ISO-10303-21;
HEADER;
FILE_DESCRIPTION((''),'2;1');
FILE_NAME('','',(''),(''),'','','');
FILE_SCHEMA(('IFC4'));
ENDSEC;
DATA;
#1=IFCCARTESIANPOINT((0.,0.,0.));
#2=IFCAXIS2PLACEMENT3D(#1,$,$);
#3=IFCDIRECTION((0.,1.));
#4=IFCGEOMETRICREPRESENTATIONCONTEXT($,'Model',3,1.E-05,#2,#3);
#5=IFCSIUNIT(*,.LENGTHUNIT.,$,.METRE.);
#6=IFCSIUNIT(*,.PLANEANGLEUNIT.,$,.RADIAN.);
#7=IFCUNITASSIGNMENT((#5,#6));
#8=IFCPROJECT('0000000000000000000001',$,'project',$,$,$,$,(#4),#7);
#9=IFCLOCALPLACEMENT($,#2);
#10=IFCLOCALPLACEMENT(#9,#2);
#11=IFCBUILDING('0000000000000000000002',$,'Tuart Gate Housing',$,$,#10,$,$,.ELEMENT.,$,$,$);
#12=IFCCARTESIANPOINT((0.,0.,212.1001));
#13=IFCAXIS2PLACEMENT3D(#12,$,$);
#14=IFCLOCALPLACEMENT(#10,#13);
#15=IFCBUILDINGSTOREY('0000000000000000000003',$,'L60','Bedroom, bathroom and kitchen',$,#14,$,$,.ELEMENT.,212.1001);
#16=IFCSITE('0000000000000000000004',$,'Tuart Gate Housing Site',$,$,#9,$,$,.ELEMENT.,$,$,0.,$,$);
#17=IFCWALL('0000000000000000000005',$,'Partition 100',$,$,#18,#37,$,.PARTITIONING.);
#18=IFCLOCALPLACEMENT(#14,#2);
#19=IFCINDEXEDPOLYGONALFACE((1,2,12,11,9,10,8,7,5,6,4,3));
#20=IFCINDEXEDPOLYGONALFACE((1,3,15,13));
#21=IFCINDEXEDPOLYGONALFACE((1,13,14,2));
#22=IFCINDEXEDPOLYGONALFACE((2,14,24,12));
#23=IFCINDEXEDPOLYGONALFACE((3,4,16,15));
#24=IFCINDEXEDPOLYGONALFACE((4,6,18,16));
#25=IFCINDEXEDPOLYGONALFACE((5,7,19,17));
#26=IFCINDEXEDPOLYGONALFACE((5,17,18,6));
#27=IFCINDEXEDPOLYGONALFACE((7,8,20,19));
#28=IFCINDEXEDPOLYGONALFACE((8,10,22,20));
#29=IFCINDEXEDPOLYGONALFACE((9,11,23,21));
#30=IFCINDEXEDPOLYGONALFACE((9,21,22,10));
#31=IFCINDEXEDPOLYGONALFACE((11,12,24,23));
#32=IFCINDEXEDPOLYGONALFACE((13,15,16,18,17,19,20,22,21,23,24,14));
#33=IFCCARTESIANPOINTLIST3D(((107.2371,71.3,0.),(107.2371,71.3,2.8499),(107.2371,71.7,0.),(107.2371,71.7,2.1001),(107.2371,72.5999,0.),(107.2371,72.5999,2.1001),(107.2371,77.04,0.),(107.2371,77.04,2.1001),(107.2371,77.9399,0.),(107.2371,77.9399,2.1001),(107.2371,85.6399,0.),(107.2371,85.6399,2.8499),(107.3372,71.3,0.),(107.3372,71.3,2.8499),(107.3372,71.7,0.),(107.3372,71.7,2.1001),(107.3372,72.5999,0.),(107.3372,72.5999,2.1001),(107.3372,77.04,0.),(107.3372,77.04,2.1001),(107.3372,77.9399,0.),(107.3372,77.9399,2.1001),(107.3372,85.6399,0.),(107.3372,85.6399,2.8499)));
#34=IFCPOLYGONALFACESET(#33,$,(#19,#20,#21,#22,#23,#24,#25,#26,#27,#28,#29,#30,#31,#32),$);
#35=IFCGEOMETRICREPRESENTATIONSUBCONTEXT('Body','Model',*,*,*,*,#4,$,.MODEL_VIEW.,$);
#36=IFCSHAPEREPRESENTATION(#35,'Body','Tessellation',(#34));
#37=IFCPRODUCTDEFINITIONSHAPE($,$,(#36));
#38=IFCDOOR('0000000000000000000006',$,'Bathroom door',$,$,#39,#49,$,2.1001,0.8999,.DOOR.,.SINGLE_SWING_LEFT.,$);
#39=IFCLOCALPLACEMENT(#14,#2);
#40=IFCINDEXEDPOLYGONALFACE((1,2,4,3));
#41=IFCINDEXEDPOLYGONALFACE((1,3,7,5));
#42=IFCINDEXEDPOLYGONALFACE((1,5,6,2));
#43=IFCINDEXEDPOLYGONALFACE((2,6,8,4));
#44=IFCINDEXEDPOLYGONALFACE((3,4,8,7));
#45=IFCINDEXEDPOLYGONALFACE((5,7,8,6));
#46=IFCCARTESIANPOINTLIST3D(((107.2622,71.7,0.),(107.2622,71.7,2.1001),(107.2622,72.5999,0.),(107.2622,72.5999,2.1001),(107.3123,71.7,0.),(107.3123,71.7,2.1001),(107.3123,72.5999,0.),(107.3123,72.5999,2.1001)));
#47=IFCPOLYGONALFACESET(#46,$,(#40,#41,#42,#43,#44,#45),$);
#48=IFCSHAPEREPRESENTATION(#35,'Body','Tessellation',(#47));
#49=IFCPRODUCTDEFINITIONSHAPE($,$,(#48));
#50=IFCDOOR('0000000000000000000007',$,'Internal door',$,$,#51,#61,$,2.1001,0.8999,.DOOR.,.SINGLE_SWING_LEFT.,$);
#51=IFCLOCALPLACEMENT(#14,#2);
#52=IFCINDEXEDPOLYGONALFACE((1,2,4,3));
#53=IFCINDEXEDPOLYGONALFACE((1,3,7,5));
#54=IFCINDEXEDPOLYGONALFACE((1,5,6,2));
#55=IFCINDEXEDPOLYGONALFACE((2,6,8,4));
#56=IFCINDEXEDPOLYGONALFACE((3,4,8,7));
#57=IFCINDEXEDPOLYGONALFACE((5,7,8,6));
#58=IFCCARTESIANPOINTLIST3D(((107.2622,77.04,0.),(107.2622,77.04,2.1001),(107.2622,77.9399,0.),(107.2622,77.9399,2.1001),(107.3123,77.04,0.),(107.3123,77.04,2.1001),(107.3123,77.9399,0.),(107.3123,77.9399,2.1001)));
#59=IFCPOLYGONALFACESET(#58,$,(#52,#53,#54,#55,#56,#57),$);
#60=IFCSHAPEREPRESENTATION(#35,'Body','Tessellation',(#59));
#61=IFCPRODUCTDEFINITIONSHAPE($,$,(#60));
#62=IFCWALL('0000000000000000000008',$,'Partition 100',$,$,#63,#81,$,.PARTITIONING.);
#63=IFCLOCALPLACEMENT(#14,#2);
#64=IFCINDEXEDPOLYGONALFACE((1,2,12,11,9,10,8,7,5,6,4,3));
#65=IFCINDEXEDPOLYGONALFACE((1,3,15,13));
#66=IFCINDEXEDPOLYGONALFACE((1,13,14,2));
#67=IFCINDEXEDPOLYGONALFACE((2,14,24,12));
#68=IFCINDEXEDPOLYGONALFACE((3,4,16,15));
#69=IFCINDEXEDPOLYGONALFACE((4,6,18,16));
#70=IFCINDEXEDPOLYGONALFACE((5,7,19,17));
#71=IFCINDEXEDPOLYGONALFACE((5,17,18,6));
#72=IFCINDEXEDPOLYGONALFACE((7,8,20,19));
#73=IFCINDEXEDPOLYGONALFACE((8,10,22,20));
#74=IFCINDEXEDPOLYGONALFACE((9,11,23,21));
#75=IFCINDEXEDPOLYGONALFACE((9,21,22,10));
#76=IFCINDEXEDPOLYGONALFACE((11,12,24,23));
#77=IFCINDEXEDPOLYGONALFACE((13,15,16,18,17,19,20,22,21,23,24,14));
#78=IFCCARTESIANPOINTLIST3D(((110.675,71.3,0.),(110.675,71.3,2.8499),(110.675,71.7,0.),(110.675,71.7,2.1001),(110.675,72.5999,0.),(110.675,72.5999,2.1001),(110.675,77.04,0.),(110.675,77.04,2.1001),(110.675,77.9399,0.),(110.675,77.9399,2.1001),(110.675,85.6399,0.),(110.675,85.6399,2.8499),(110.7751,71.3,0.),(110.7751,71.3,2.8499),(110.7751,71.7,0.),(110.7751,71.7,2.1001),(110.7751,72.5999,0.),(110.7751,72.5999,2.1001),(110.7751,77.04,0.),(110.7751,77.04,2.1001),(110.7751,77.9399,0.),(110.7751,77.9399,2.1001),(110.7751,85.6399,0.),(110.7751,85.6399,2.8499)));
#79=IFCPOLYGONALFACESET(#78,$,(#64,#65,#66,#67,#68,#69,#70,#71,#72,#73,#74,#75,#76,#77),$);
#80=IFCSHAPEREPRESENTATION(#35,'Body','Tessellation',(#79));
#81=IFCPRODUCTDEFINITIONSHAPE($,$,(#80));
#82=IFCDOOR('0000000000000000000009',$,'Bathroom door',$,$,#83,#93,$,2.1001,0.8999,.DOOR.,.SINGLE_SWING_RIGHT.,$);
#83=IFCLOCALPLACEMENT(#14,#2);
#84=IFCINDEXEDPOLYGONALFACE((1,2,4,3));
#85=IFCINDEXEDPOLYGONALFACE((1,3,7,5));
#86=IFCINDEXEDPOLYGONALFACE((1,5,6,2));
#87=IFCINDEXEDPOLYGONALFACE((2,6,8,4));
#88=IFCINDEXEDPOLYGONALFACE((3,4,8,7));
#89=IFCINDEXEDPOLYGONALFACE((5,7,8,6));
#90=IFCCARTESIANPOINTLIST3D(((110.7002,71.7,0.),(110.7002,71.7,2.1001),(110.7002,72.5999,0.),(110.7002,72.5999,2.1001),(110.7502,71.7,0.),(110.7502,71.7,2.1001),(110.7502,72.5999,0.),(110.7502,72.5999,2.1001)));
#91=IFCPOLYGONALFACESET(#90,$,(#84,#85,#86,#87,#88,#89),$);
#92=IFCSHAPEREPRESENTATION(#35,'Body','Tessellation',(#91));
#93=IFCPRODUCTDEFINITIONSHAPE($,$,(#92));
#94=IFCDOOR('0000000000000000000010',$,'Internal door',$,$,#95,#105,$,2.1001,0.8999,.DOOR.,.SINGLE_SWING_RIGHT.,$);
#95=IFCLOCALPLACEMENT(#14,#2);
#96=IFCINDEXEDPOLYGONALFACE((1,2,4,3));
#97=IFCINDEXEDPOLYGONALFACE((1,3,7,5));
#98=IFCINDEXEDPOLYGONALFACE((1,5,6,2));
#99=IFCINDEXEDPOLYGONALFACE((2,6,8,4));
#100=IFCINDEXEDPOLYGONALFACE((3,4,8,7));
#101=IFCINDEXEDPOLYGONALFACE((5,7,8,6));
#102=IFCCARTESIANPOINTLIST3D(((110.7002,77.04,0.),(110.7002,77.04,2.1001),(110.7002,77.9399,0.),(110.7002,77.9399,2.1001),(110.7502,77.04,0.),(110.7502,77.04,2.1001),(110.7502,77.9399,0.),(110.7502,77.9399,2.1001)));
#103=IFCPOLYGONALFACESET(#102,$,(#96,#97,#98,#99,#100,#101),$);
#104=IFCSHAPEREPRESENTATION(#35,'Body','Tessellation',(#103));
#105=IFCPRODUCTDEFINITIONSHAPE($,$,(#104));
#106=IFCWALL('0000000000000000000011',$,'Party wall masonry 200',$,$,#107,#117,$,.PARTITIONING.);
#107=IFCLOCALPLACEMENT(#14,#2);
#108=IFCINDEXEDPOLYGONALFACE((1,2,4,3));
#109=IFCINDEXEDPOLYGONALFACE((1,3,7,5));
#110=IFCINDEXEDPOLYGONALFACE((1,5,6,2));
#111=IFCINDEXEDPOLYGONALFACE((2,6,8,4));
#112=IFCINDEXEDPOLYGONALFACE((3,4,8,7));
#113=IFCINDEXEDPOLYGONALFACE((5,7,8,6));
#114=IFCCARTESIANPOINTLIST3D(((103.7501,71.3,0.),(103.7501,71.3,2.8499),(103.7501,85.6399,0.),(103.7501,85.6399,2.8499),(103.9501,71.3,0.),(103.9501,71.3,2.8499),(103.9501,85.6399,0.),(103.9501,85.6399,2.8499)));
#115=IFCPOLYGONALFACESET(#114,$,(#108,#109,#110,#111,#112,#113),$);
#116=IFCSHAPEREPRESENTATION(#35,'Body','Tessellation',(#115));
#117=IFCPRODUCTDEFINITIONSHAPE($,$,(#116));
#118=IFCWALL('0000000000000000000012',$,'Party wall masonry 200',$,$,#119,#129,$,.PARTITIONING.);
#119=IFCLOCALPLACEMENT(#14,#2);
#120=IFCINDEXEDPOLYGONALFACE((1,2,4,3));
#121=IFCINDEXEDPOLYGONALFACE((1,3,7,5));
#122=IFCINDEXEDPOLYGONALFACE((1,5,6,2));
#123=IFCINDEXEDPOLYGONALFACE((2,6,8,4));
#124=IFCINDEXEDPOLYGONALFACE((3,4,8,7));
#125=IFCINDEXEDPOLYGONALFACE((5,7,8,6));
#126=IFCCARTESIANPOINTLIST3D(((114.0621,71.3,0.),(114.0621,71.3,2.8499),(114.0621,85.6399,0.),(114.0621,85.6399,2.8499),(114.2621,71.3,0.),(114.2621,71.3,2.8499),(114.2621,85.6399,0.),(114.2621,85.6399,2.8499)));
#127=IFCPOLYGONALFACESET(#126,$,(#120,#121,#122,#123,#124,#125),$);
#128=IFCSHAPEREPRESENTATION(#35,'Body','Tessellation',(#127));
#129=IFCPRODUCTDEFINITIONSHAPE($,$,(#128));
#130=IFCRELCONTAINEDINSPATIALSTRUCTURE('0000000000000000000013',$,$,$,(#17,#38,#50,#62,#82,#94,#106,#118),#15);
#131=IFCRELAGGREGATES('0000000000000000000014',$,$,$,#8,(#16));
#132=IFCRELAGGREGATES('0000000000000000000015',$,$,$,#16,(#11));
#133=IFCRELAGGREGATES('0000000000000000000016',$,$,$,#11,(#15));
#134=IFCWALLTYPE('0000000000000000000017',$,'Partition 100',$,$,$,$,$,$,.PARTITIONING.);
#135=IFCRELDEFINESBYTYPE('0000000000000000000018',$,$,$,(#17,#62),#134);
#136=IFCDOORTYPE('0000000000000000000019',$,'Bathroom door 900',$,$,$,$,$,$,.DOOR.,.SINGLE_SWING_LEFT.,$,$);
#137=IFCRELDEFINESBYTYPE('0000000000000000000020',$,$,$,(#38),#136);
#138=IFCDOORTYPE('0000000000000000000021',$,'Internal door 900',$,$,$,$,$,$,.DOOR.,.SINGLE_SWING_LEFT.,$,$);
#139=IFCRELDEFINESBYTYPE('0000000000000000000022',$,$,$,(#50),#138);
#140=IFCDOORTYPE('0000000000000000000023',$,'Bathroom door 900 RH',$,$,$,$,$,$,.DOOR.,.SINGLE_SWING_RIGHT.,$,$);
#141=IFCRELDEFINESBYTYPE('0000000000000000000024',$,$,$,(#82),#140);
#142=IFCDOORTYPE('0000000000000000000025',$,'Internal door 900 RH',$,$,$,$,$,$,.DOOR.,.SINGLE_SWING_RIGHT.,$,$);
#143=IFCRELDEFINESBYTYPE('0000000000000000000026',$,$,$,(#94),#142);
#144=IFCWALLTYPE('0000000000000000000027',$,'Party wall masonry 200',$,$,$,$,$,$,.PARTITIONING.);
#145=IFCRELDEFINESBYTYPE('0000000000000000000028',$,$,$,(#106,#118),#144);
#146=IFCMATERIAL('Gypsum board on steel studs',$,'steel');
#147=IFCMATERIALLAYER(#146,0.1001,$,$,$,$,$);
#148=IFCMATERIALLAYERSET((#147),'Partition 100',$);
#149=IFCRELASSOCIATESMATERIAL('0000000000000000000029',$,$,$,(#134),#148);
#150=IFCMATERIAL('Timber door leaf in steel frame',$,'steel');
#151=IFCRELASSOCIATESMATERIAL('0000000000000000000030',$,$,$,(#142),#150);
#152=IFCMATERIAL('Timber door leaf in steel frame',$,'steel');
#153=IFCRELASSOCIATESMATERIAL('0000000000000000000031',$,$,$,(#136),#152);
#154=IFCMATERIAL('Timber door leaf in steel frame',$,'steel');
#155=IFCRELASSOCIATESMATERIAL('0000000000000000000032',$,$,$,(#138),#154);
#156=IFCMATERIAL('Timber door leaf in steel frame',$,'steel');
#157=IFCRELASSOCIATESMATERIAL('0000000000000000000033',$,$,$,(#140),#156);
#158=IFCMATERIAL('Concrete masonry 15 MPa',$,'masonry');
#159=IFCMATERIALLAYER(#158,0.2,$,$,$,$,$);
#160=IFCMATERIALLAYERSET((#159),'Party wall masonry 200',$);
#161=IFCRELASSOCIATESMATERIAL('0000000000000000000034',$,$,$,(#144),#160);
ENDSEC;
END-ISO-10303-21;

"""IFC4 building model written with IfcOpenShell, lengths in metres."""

from ifc_helpers import new_model, si_unit, direction, frame, frame_2d, origin, place, context, subcontext, project, spatial, rectangle, extrude, material, layer, layer_set, type_object, element, fill, save


model = new_model("IFC4")

# Units and contexts
model_context = context("Model", 3, precision=1e-05, world=origin(), true_north=direction((0.0, 1.0)))
body_context = subcontext(model_context, "Body", "Model", "MODEL_VIEW")
ifc_project = project(units=[si_unit("LENGTHUNIT", "METRE"), si_unit("PLANEANGLEUNIT", "RADIAN")], contexts=[model_context])

# Site, building, storey
site_placement = place(None, origin())
site = spatial("IfcSite", under=ifc_project, at=site_placement, Name="Tuart Gate Housing Site", CompositionType="ELEMENT", RefElevation=0.0)
building_placement = place(site_placement, origin())
building = spatial("IfcBuilding", under=site, at=building_placement, Name="Tuart Gate Housing", CompositionType="ELEMENT")
storey_placement = place(building_placement, frame((0.0, 0.0, 212.1001)))
storey = spatial("IfcBuildingStorey", under=building, at=storey_placement, Name="L60", Description="Bedroom, bathroom and kitchen", CompositionType="ELEMENT", Elevation=212.1001)

# Shared definitions
ifc_material_1 = material(Name="Gypsum board on steel studs", Category="steel")
ifc_layer_1 = layer(ifc_material_1, 0.1001)
ifc_layer_set_1 = layer_set([ifc_layer_1], Name="Partition 100")
wall_type_1 = type_object("IfcWallType", Name="Partition 100", PredefinedType="PARTITIONING", material=ifc_layer_set_1)

# Shared definitions
ifc_material_2 = material(Name="Timber door leaf in steel frame", Category="steel")
door_type_1 = type_object("IfcDoorType", Name="Internal door 900 RH", OperationType="SINGLE_SWING_RIGHT", PredefinedType="DOOR", material=ifc_material_2)

# Walls, openings, doors
ifc_material_3 = material(Name="Timber door leaf in steel frame", Category="steel")
door_type_2 = type_object("IfcDoorType", Name="Bathroom door 900", OperationType="SINGLE_SWING_LEFT", PredefinedType="DOOR", material=ifc_material_3)
ifc_material_4 = material(Name="Timber door leaf in steel frame", Category="steel")
door_type_3 = type_object("IfcDoorType", Name="Internal door 900", OperationType="SINGLE_SWING_LEFT", PredefinedType="DOOR", material=ifc_material_4)
ifc_material_5 = material(Name="Timber door leaf in steel frame", Category="steel")
door_type_4 = type_object("IfcDoorType", Name="Bathroom door 900 RH", OperationType="SINGLE_SWING_RIGHT", PredefinedType="DOOR", material=ifc_material_5)
wall_1_placement = place(storey_placement, frame((107.2871, 71.3, 0.0), z_axis=(0.0, 0.0, 1.0), x_axis=(0.0, 1.0, 0.0)))
wall_1 = element("IfcWall", 1, at=wall_1_placement, inside=storey, type_object=wall_type_1, Name="Partition 100", PredefinedType="PARTITIONING", context=body_context, shape_type="SweptSolid", body=[
    extrude(rectangle(XDim=14.3398, YDim=0.1001, at=frame_2d((7.1699, 0.0))), origin(), (0.0, 0.0, 1.0), 2.8499),
])
opening_1_placement = place(wall_1_placement, frame((5.74, 0.0, 0.0)))
opening_1 = element("IfcOpeningElement", 2, at=opening_1_placement, cuts=wall_1, PredefinedType="OPENING", context=body_context, shape_type="SweptSolid", body=[
    extrude(rectangle(XDim=0.8999, YDim=2.1001, at=frame_2d((0.45, 1.05))), frame((0.0, 0.0601, 0.0), z_axis=(0.0, -1.0, 0.0), x_axis=(1.0, 0.0, 0.0)), (0.0, 0.0, 1.0), 0.1201),
])
opening_2_placement = place(wall_1_placement, frame((0.3999, 0.0, 0.0)))
opening_2 = element("IfcOpeningElement", 3, at=opening_2_placement, cuts=wall_1, PredefinedType="OPENING", context=body_context, shape_type="SweptSolid", body=[
    extrude(rectangle(XDim=0.8999, YDim=2.1001, at=frame_2d((0.45, 1.05))), frame((0.0, 0.0601, 0.0), z_axis=(0.0, -1.0, 0.0), x_axis=(1.0, 0.0, 0.0)), (0.0, 0.0, 1.0), 0.1201),
])
door_1_placement = place(opening_2_placement, origin())
door_1 = element("IfcDoor", 4, at=door_1_placement, inside=storey, type_object=door_type_2, Name="Bathroom door", OperationType="SINGLE_SWING_LEFT", OverallHeight=2.1001, OverallWidth=0.8999, PredefinedType="DOOR", context=body_context, shape_type="SweptSolid", body=[
    extrude(rectangle(XDim=0.8999, YDim=2.1001, at=frame_2d((0.45, 1.05))), frame((0.0, 0.0249, 0.0), z_axis=(0.0, -1.0, 0.0), x_axis=(1.0, 0.0, 0.0)), (0.0, 0.0, 1.0), 0.05),
])
fill(opening_2, door_1)
door_2_placement = place(opening_1_placement, origin())
door_2 = element("IfcDoor", 5, at=door_2_placement, inside=storey, type_object=door_type_3, Name="Internal door", OperationType="SINGLE_SWING_LEFT", OverallHeight=2.1001, OverallWidth=0.8999, PredefinedType="DOOR", context=body_context, shape_type="SweptSolid", body=[
    extrude(rectangle(XDim=0.8999, YDim=2.1001, at=frame_2d((0.45, 1.05))), frame((0.0, 0.0249, 0.0), z_axis=(0.0, -1.0, 0.0), x_axis=(1.0, 0.0, 0.0)), (0.0, 0.0, 1.0), 0.05),
])
fill(opening_1, door_2)
wall_2_placement = place(storey_placement, frame((110.7251, 71.3, 0.0), z_axis=(0.0, 0.0, 1.0), x_axis=(0.0, 1.0, 0.0)))
wall_2 = element("IfcWall", 6, at=wall_2_placement, inside=storey, type_object=wall_type_1, Name="Partition 100", PredefinedType="PARTITIONING", context=body_context, shape_type="SweptSolid", body=[
    extrude(rectangle(XDim=14.3398, YDim=0.1001, at=frame_2d((7.1699, 0.0))), origin(), (0.0, 0.0, 1.0), 2.8499),
])
opening_3_placement = place(wall_2_placement, frame((5.74, 0.0, 0.0)))
opening_3 = element("IfcOpeningElement", 7, at=opening_3_placement, cuts=wall_2, PredefinedType="OPENING", context=body_context, shape_type="SweptSolid", body=[
    extrude(rectangle(XDim=0.8999, YDim=2.1001, at=frame_2d((0.45, 1.05))), frame((0.0, 0.0601, 0.0), z_axis=(0.0, -1.0, 0.0), x_axis=(1.0, 0.0, 0.0)), (0.0, 0.0, 1.0), 0.1201),
])
opening_4_placement = place(wall_2_placement, frame((0.3999, 0.0, 0.0)))
opening_4 = element("IfcOpeningElement", 8, at=opening_4_placement, cuts=wall_2, PredefinedType="OPENING", context=body_context, shape_type="SweptSolid", body=[
    extrude(rectangle(XDim=0.8999, YDim=2.1001, at=frame_2d((0.45, 1.05))), frame((0.0, 0.0601, 0.0), z_axis=(0.0, -1.0, 0.0), x_axis=(1.0, 0.0, 0.0)), (0.0, 0.0, 1.0), 0.1201),
])
door_3_placement = place(opening_4_placement, frame((0.8999, 0.0, 0.0), z_axis=(0.0, 0.0, 1.0), x_axis=(-1.0, 0.0, 0.0)))
door_3 = element("IfcDoor", 9, at=door_3_placement, inside=storey, type_object=door_type_4, Name="Bathroom door", OperationType="SINGLE_SWING_RIGHT", OverallHeight=2.1001, OverallWidth=0.8999, PredefinedType="DOOR", context=body_context, shape_type="SweptSolid", body=[
    extrude(rectangle(XDim=0.8999, YDim=2.1001, at=frame_2d((0.45, 1.05))), frame((0.0, 0.0251, 0.0), z_axis=(0.0, -1.0, 0.0), x_axis=(1.0, 0.0, 0.0)), (0.0, 0.0, 1.0), 0.05),
])
fill(opening_4, door_3)
door_4_placement = place(opening_3_placement, frame((0.8999, 0.0, 0.0), z_axis=(0.0, 0.0, 1.0), x_axis=(-1.0, 0.0, 0.0)))
door_4 = element("IfcDoor", 10, at=door_4_placement, inside=storey, type_object=door_type_1, Name="Internal door", OperationType="SINGLE_SWING_RIGHT", OverallHeight=2.1001, OverallWidth=0.8999, PredefinedType="DOOR", context=body_context, shape_type="SweptSolid", body=[
    extrude(rectangle(XDim=0.8999, YDim=2.1001, at=frame_2d((0.45, 1.05))), frame((0.0, 0.0251, 0.0), z_axis=(0.0, -1.0, 0.0), x_axis=(1.0, 0.0, 0.0)), (0.0, 0.0, 1.0), 0.05),
])
fill(opening_3, door_4)

# Walls
ifc_material_6 = material(Name="Concrete masonry 15 MPa", Category="masonry")
ifc_layer_2 = layer(ifc_material_6, 0.2)
ifc_layer_set_2 = layer_set([ifc_layer_2], Name="Party wall masonry 200")
wall_type_2 = type_object("IfcWallType", Name="Party wall masonry 200", PredefinedType="PARTITIONING", material=ifc_layer_set_2)
for number, where, z_axis, x_axis, name in (
    (11, (103.8501, 71.3, 0.0), (0.0, 0.0, 1.0), (0.0, 1.0, 0.0), "Party wall masonry 200"),
    (12, (114.1621, 71.3, 0.0), (0.0, 0.0, 1.0), (0.0, 1.0, 0.0), "Party wall masonry 200"),
):
    element("IfcWall", number, at=place(storey_placement, frame(where, z_axis=z_axis, x_axis=x_axis)), inside=storey, type_object=wall_type_2, Name=name, PredefinedType="PARTITIONING", context=body_context, shape_type="SweptSolid", body=[
        extrude(rectangle(XDim=14.3398, YDim=0.2, at=frame_2d((7.1699, 0.0))), origin(), (0.0, 0.0, 1.0), 2.8499),
    ])

save(model, "model.ifc")
